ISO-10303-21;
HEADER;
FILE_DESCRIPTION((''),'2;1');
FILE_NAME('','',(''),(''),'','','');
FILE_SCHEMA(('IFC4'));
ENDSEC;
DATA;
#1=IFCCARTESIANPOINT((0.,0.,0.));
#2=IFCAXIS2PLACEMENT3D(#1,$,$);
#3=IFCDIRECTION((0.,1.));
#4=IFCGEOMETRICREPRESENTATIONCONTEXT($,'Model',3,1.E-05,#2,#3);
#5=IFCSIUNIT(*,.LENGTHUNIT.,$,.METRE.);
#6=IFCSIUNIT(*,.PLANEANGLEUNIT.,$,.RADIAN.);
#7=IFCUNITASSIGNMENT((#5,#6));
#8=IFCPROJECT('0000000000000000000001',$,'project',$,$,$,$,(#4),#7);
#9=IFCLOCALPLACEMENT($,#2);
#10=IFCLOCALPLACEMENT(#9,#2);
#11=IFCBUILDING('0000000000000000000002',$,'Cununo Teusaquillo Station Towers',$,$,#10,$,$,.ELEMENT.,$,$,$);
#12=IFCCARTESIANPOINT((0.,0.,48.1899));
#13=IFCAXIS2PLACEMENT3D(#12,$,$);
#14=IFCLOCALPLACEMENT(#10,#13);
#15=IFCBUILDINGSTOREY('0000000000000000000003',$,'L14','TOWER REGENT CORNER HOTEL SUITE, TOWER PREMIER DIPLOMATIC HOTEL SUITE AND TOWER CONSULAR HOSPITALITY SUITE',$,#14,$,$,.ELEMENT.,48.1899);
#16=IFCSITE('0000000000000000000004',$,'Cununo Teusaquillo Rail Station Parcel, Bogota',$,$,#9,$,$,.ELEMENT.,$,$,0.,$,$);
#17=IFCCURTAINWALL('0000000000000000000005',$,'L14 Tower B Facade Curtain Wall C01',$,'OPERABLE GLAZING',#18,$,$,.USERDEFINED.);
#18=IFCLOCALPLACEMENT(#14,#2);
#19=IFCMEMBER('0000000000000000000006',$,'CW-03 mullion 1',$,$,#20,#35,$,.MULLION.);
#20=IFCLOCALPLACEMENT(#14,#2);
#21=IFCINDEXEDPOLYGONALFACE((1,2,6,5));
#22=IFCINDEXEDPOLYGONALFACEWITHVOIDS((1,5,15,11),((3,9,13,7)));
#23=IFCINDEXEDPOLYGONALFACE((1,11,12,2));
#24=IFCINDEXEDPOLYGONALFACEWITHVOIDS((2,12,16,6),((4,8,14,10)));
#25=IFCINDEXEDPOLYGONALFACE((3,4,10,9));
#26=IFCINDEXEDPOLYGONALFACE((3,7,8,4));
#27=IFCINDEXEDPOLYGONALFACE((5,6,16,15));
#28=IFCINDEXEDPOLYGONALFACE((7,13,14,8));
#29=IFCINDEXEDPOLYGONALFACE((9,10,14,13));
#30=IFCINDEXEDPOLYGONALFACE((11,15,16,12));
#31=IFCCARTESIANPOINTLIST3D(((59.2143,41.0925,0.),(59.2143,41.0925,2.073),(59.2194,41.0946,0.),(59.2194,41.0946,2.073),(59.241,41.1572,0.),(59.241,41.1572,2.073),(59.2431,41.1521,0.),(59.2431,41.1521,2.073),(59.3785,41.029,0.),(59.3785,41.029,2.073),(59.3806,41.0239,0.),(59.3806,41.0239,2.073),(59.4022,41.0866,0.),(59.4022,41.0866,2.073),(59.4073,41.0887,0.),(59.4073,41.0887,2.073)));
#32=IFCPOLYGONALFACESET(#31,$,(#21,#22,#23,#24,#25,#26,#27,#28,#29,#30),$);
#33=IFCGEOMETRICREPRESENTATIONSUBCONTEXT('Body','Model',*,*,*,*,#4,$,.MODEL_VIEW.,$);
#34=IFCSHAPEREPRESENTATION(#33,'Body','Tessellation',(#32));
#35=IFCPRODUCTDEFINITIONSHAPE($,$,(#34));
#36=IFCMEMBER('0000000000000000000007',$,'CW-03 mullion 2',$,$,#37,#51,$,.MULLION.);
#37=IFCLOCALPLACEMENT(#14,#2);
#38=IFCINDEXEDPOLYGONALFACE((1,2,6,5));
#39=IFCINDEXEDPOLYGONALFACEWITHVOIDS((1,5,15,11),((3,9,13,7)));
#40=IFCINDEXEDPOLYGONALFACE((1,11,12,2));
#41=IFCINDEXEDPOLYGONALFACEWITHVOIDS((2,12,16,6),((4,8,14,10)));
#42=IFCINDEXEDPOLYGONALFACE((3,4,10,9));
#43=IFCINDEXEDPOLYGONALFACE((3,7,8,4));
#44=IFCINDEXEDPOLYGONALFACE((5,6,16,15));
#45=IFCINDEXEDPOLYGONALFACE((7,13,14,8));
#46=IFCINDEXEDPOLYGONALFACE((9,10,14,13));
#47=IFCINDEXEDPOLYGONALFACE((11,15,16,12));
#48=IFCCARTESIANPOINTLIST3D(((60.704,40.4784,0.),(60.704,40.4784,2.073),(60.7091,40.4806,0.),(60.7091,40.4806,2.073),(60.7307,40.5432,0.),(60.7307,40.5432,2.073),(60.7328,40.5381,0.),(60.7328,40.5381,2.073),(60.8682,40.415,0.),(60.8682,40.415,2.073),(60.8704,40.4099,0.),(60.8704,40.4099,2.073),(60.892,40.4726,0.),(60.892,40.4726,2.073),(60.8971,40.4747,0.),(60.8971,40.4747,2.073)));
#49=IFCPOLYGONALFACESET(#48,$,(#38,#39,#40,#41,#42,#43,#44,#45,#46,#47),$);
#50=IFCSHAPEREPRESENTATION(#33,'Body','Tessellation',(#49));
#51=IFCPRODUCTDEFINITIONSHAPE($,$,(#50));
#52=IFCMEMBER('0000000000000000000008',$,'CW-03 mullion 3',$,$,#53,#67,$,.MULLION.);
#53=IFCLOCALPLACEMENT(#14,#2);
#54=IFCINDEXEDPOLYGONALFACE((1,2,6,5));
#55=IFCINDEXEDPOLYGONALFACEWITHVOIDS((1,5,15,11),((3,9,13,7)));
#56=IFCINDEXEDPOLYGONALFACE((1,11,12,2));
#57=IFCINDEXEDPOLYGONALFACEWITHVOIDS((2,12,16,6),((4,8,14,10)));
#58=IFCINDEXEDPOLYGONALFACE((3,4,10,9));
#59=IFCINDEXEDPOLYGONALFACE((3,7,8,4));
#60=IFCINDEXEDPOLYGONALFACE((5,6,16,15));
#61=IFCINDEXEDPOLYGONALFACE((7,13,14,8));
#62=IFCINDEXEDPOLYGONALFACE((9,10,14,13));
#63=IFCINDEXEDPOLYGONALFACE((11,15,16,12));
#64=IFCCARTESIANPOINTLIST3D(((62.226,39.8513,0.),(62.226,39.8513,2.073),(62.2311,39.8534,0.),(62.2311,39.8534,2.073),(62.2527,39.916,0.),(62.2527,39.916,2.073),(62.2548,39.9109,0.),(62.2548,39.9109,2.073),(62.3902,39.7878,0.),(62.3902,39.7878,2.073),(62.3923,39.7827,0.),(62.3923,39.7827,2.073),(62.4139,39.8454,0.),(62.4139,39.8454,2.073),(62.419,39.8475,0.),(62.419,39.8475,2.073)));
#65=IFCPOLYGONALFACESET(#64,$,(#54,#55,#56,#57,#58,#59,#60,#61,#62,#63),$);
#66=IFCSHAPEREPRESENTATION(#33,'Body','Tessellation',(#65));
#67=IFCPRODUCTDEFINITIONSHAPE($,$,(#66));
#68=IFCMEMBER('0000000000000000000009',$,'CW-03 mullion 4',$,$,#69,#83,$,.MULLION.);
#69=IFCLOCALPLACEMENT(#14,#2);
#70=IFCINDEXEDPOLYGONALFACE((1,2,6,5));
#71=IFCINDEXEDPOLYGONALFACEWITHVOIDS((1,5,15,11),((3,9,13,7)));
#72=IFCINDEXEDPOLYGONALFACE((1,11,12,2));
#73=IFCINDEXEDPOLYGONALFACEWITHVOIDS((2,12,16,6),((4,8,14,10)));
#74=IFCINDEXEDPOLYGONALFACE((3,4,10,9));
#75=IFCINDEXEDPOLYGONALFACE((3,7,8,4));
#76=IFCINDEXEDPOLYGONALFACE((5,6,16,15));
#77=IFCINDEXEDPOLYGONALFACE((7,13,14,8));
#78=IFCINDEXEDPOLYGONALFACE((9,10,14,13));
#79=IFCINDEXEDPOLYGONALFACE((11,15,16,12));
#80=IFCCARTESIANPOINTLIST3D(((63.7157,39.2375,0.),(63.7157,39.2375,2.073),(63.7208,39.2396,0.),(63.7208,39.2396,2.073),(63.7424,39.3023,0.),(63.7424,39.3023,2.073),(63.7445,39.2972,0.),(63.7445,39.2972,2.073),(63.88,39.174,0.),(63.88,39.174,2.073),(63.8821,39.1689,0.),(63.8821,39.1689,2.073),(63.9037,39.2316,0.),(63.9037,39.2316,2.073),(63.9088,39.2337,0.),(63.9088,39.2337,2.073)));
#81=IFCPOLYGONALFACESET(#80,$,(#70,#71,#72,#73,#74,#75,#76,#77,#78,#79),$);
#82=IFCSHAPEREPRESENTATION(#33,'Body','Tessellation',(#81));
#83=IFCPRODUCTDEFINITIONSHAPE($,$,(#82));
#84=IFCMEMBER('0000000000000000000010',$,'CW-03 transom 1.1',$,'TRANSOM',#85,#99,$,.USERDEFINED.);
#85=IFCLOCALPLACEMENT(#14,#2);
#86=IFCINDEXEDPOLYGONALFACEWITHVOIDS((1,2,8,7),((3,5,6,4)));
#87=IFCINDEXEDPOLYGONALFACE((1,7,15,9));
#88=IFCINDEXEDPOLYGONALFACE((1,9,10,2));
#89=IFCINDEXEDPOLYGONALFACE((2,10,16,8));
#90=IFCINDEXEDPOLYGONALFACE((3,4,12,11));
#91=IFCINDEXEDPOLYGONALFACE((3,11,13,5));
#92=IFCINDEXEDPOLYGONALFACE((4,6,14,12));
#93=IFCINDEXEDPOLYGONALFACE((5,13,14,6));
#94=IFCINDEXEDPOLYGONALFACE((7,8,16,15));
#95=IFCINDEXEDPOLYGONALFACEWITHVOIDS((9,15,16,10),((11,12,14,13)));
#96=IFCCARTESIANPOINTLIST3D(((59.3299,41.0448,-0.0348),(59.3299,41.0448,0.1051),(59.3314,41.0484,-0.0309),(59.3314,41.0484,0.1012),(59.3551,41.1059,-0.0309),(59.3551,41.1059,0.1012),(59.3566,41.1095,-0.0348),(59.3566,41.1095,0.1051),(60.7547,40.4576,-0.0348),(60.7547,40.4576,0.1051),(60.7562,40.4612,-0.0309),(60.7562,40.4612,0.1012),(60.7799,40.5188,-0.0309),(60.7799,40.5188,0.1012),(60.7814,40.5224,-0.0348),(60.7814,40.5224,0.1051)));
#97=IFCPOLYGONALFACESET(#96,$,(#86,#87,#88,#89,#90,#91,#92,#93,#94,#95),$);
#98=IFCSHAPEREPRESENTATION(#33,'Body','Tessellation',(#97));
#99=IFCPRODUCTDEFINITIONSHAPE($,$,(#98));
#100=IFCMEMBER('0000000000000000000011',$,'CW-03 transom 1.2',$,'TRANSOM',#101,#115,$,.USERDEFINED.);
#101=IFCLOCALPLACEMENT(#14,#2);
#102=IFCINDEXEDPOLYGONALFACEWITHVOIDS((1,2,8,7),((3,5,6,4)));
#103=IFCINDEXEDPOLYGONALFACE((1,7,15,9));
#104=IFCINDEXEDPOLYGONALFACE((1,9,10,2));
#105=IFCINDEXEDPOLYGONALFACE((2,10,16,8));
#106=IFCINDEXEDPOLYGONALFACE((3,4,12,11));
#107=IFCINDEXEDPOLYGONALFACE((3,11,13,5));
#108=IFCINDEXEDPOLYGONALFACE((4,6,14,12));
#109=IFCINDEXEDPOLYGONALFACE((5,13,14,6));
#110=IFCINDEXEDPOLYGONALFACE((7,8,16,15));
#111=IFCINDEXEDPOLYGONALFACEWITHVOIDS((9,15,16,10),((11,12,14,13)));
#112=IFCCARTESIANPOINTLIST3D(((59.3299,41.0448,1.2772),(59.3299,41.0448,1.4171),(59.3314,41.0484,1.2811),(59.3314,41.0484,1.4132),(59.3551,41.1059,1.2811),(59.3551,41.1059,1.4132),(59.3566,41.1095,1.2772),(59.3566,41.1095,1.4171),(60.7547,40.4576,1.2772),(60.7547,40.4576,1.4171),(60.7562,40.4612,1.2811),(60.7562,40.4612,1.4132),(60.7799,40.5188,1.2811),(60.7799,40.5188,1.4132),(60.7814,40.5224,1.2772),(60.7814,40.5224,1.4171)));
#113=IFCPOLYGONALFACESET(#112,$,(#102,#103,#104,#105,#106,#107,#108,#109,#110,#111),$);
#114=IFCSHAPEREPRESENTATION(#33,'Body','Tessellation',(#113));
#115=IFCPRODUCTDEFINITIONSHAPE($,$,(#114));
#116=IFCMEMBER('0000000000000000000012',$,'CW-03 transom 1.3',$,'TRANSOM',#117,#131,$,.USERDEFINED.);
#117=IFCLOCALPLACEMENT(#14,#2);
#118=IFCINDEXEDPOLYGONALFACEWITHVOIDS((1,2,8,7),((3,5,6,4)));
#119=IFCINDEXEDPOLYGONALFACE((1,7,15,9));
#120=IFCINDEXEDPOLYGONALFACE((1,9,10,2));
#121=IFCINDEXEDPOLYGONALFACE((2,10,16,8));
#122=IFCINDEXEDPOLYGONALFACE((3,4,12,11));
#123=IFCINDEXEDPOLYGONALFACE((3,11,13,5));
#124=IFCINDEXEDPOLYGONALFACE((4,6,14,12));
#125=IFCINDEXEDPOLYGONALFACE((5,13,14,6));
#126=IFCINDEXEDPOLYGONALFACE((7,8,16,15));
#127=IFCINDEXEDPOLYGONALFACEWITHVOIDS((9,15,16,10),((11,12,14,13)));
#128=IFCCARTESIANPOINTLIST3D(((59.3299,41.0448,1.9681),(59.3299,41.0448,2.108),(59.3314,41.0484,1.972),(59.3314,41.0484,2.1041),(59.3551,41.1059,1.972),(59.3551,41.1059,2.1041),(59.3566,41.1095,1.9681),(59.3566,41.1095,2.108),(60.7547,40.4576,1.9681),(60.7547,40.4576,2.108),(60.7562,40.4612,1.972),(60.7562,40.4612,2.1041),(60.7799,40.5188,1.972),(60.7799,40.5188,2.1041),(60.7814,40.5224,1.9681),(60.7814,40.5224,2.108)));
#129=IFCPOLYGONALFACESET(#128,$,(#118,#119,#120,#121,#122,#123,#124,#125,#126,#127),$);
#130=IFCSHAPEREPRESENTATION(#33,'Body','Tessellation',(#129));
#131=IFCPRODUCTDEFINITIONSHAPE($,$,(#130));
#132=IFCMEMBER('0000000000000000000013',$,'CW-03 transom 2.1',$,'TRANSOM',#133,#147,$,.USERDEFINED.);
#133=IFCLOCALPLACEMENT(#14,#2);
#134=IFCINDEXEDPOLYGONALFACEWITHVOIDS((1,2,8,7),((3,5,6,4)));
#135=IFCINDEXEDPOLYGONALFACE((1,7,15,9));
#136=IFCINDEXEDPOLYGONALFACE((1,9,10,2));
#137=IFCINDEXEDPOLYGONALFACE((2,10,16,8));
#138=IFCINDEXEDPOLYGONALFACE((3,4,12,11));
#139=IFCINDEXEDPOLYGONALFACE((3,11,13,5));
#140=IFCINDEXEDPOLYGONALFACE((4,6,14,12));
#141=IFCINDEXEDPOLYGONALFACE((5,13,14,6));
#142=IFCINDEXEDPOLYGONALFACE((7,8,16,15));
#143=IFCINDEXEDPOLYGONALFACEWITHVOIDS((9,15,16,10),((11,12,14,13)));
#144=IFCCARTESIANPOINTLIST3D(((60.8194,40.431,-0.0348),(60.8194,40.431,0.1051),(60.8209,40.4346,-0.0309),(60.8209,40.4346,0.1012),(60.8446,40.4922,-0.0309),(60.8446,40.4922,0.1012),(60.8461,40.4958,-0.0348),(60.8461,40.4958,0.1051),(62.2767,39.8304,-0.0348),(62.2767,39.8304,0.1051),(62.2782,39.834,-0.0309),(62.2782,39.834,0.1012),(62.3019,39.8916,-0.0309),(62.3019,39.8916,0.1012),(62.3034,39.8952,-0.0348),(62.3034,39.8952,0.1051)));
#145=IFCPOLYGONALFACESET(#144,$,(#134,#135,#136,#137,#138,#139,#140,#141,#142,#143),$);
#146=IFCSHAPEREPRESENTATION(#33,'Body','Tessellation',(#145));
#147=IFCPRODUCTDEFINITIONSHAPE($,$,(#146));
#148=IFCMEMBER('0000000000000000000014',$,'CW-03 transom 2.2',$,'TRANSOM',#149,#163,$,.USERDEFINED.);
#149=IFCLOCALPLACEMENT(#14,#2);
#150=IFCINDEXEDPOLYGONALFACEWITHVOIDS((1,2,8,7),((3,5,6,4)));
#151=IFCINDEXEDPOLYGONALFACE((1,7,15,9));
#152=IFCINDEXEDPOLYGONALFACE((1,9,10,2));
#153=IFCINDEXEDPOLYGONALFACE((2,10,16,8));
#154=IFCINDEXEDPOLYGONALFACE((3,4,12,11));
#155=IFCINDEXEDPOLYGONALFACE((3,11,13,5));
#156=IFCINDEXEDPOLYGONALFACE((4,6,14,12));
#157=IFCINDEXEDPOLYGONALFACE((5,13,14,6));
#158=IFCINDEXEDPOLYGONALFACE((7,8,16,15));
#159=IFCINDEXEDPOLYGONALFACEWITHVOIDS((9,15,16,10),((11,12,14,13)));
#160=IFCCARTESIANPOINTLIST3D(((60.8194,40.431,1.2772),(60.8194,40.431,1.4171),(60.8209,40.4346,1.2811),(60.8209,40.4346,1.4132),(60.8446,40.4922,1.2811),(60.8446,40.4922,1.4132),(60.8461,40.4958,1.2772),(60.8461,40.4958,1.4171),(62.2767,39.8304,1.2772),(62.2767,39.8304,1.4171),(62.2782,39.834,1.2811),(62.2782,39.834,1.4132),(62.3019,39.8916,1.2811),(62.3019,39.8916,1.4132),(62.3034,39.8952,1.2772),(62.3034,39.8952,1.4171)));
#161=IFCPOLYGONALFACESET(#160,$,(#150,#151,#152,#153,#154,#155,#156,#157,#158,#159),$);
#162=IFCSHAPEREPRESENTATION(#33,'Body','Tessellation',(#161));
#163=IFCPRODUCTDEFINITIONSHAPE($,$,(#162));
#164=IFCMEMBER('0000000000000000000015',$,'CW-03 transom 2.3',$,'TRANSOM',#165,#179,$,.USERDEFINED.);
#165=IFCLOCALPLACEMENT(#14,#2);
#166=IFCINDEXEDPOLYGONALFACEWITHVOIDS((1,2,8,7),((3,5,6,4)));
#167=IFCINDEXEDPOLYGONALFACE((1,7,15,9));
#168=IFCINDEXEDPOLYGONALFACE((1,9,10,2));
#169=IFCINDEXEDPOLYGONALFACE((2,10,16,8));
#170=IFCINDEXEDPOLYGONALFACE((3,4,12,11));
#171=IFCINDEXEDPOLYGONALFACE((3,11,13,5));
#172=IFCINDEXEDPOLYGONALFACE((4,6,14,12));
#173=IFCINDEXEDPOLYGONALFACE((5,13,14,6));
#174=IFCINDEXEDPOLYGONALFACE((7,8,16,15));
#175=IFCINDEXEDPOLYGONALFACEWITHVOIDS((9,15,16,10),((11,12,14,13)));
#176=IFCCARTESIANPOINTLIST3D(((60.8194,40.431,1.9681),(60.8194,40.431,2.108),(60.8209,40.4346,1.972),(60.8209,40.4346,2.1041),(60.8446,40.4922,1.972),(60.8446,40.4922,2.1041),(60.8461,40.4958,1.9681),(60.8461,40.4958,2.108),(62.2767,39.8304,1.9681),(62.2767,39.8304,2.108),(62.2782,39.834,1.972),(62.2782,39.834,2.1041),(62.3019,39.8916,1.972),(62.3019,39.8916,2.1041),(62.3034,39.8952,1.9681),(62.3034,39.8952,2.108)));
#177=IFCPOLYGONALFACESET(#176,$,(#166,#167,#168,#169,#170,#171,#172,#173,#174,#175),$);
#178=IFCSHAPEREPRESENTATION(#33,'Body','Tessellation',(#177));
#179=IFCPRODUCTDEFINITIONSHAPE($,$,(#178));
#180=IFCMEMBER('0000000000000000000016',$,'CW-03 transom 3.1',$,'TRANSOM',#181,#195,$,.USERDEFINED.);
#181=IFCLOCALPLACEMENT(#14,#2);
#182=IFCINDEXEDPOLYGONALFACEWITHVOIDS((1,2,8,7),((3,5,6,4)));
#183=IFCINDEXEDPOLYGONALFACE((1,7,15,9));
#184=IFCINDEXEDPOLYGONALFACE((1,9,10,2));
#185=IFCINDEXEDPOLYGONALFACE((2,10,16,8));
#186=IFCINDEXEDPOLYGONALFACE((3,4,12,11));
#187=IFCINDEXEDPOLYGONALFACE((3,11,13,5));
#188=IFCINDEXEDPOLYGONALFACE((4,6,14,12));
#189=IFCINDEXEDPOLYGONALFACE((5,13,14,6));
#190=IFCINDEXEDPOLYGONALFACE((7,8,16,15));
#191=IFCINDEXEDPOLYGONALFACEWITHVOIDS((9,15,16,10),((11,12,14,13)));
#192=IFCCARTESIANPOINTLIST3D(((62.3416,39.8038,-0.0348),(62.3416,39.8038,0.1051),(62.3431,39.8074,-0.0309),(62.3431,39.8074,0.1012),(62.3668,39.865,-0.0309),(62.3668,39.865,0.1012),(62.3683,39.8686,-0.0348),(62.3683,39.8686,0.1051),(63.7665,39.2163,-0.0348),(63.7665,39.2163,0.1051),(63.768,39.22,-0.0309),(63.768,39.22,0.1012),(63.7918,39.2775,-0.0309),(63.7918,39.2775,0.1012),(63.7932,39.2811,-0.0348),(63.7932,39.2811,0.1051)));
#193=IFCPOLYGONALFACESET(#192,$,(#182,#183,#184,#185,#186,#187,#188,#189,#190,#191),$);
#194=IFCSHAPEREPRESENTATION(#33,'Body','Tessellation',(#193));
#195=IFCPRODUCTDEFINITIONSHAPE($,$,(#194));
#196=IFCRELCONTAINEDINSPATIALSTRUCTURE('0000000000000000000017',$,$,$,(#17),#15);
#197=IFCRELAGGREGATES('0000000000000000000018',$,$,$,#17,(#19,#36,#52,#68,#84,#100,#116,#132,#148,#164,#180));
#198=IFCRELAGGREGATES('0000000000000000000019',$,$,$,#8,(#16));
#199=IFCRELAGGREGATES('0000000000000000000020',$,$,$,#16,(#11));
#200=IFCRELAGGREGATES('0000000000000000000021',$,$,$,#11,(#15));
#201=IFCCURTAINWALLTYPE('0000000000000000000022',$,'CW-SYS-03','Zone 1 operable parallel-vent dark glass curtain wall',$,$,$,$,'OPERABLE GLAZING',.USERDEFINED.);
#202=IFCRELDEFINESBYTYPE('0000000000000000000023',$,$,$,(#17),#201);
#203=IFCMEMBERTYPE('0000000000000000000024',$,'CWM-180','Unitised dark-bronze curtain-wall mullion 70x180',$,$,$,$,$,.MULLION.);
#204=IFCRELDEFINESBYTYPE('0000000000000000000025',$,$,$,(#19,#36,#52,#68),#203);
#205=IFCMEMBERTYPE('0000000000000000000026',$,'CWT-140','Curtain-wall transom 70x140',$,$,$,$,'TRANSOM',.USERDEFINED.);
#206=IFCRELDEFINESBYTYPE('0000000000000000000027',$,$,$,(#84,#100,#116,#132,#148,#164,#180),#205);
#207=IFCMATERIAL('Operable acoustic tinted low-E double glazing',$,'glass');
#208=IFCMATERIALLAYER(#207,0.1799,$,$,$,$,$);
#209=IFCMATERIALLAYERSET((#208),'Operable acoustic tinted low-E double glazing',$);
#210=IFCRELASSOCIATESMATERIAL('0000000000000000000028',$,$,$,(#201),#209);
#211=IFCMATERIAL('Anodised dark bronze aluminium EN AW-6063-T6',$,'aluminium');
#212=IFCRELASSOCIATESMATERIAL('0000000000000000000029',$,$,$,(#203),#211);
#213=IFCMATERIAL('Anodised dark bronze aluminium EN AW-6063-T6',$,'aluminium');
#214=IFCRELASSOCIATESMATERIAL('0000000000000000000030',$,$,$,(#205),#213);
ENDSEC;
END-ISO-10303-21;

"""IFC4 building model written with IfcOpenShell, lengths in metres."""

from ifc_helpers import new_model, si_unit, direction, frame, origin, origin_2d, place, context, subcontext, project, spatial, hollow_rectangle, extrude, material, layer, layer_set, material_profile, profile_set, type_object, element, aggregate, save


model = new_model("IFC4")

# Units and contexts
model_context = context("Model", 3, precision=1e-05, world=origin(), true_north=direction((0.0, 1.0)))
body_context = subcontext(model_context, "Body", "Model", "MODEL_VIEW")
ifc_project = project(units=[si_unit("LENGTHUNIT", "METRE"), si_unit("PLANEANGLEUNIT", "RADIAN")], contexts=[model_context])

# Site, building, storey
site_placement = place(None, origin())
site = spatial("IfcSite", under=ifc_project, at=site_placement, Name="Cununo Teusaquillo Rail Station Parcel, Bogota", CompositionType="ELEMENT", RefElevation=0.0)
building_placement = place(site_placement, origin())
building = spatial("IfcBuilding", under=site, at=building_placement, Name="Cununo Teusaquillo Station Towers", CompositionType="ELEMENT")
storey_placement = place(building_placement, frame((0.0, 0.0, 48.1899)))
storey = spatial("IfcBuildingStorey", under=building, at=storey_placement, Name="L14", Description="TOWER REGENT CORNER HOTEL SUITE, TOWER PREMIER DIPLOMATIC HOTEL SUITE AND TOWER CONSULAR HOSPITALITY SUITE", CompositionType="ELEMENT", Elevation=48.1899)

# Curtain wall, members
ifc_material_1 = material(Name="Operable acoustic tinted low-E double glazing", Category="glass")
ifc_layer_1 = layer(ifc_material_1, 0.1799)
ifc_layer_set_1 = layer_set([ifc_layer_1], Name="Operable acoustic tinted low-E double glazing")
curtain_wall_type = type_object("IfcCurtainWallType", Name="CW-SYS-03", Description="Zone 1 operable parallel-vent dark glass curtain wall", ElementType="OPERABLE GLAZING", PredefinedType="USERDEFINED", material=ifc_layer_set_1)
curtain_wall_placement = place(storey_placement, origin())
curtain_wall = element("IfcCurtainWall", 1, at=curtain_wall_placement, inside=storey, type_object=curtain_wall_type, Name="L14 Tower B Facade Curtain Wall C01", ObjectType="OPERABLE GLAZING", PredefinedType="USERDEFINED")
ifc_material_2 = material(Name="Anodised dark bronze aluminium EN AW-6063-T6", Category="aluminium")
ifc_material_profile_1 = material_profile(ifc_material_2, hollow_rectangle(XDim=0.0701, YDim=0.1799, WallThickness=0.0039, at=origin_2d()), Name="CW-MULL-70x180")
ifc_profile_set_1 = profile_set([ifc_material_profile_1], Name="Anodised dark bronze aluminium EN AW-6063-T6")
member_type_1 = type_object("IfcMemberType", Name="CWM-180", Description="Unitised dark-bronze curtain-wall mullion 70x180", PredefinedType="MULLION", material=ifc_profile_set_1)
member_1_placement = place(storey_placement, frame((59.3108, 41.0906, 0.0), z_axis=(0.0, 0.0, 1.0), x_axis=(0.381006, 0.924572, 0.0)))
member_1 = element("IfcMember", 2, at=member_1_placement, type_object=member_type_1, Name="CW-03 mullion 1", PredefinedType="MULLION", context=body_context, shape_type="SweptSolid", body=[
    extrude(hollow_rectangle(XDim=0.0701, YDim=0.1799, WallThickness=0.0039, at=origin_2d()), origin(), (0.0, 0.0, 1.0), 2.073),
])
member_2_placement = place(storey_placement, frame((60.8005, 40.4766, 0.0), z_axis=(0.0, 0.0, 1.0), x_axis=(0.381006, 0.924572, 0.0)))
member_2 = element("IfcMember", 3, at=member_2_placement, type_object=member_type_1, Name="CW-03 mullion 2", PredefinedType="MULLION", context=body_context, shape_type="SweptSolid", body=[
    extrude(hollow_rectangle(XDim=0.0701, YDim=0.1799, WallThickness=0.0039, at=origin_2d()), origin(), (0.0, 0.0, 1.0), 2.073),
])
member_3_placement = place(storey_placement, frame((62.3225, 39.8494, 0.0), z_axis=(0.0, 0.0, 1.0), x_axis=(0.381006, 0.924572, 0.0)))
member_3 = element("IfcMember", 4, at=member_3_placement, type_object=member_type_1, Name="CW-03 mullion 3", PredefinedType="MULLION", context=body_context, shape_type="SweptSolid", body=[
    extrude(hollow_rectangle(XDim=0.0701, YDim=0.1799, WallThickness=0.0039, at=origin_2d()), origin(), (0.0, 0.0, 1.0), 2.073),
])
member_4_placement = place(storey_placement, frame((63.8123, 39.2356, 0.0), z_axis=(0.0, 0.0, 1.0), x_axis=(0.381006, 0.924572, 0.0)))
member_4 = element("IfcMember", 5, at=member_4_placement, type_object=member_type_1, Name="CW-03 mullion 4", PredefinedType="MULLION", context=body_context, shape_type="SweptSolid", body=[
    extrude(hollow_rectangle(XDim=0.0701, YDim=0.1799, WallThickness=0.0039, at=origin_2d()), origin(), (0.0, 0.0, 1.0), 2.073),
])
ifc_material_3 = material(Name="Anodised dark bronze aluminium EN AW-6063-T6", Category="aluminium")
ifc_material_profile_2 = material_profile(ifc_material_3, hollow_rectangle(XDim=0.0701, YDim=0.1399, WallThickness=0.0039, at=origin_2d()), Name="CW-TRAN-70x140")
ifc_profile_set_2 = profile_set([ifc_material_profile_2], Name="Anodised dark bronze aluminium EN AW-6063-T6")
member_type_2 = type_object("IfcMemberType", Name="CWT-140", Description="Curtain-wall transom 70x140", ElementType="TRANSOM", PredefinedType="USERDEFINED", material=ifc_profile_set_2)
member_5_placement = place(storey_placement, frame((59.3433, 41.0771, 0.0352), z_axis=(0.92457, -0.381013, 0.0), x_axis=(0.381013, 0.92457, 0.0)))
member_5 = element("IfcMember", 6, at=member_5_placement, type_object=member_type_2, Name="CW-03 transom 1.1", ObjectType="TRANSOM", PredefinedType="USERDEFINED", context=body_context, shape_type="SweptSolid", body=[
    extrude(hollow_rectangle(XDim=0.0701, YDim=0.1399, WallThickness=0.0039, at=origin_2d()), origin(), (0.0, 0.0, 1.0), 1.541),
])
member_6_placement = place(storey_placement, frame((59.3433, 41.0771, 1.3472), z_axis=(0.92457, -0.381013, 0.0), x_axis=(0.381013, 0.92457, 0.0)))
member_6 = element("IfcMember", 7, at=member_6_placement, type_object=member_type_2, Name="CW-03 transom 1.2", ObjectType="TRANSOM", PredefinedType="USERDEFINED", context=body_context, shape_type="SweptSolid", body=[
    extrude(hollow_rectangle(XDim=0.0701, YDim=0.1399, WallThickness=0.0039, at=origin_2d()), origin(), (0.0, 0.0, 1.0), 1.541),
])
member_7_placement = place(storey_placement, frame((59.3433, 41.0771, 2.0381), z_axis=(0.92457, -0.381013, 0.0), x_axis=(0.381013, 0.92457, 0.0)))
member_7 = element("IfcMember", 8, at=member_7_placement, type_object=member_type_2, Name="CW-03 transom 1.3", ObjectType="TRANSOM", PredefinedType="USERDEFINED", context=body_context, shape_type="SweptSolid", body=[
    extrude(hollow_rectangle(XDim=0.0701, YDim=0.1399, WallThickness=0.0039, at=origin_2d()), origin(), (0.0, 0.0, 1.0), 1.541),
])
member_8_placement = place(storey_placement, frame((60.8328, 40.4634, 0.0352), z_axis=(0.924559, -0.381038, 0.0), x_axis=(0.381038, 0.924559, 0.0)))
member_8 = element("IfcMember", 9, at=member_8_placement, type_object=member_type_2, Name="CW-03 transom 2.1", ObjectType="TRANSOM", PredefinedType="USERDEFINED", context=body_context, shape_type="SweptSolid", body=[
    extrude(hollow_rectangle(XDim=0.0701, YDim=0.1399, WallThickness=0.0039, at=origin_2d()), origin(), (0.0, 0.0, 1.0), 1.5762),
])
member_9_placement = place(storey_placement, frame((60.8328, 40.4634, 1.3472), z_axis=(0.924559, -0.381038, 0.0), x_axis=(0.381038, 0.924559, 0.0)))
member_9 = element("IfcMember", 10, at=member_9_placement, type_object=member_type_2, Name="CW-03 transom 2.2", ObjectType="TRANSOM", PredefinedType="USERDEFINED", context=body_context, shape_type="SweptSolid", body=[
    extrude(hollow_rectangle(XDim=0.0701, YDim=0.1399, WallThickness=0.0039, at=origin_2d()), origin(), (0.0, 0.0, 1.0), 1.5762),
])
member_10_placement = place(storey_placement, frame((60.8328, 40.4634, 2.0381), z_axis=(0.924559, -0.381038, 0.0), x_axis=(0.381038, 0.924559, 0.0)))
member_10 = element("IfcMember", 11, at=member_10_placement, type_object=member_type_2, Name="CW-03 transom 2.3", ObjectType="TRANSOM", PredefinedType="USERDEFINED", context=body_context, shape_type="SweptSolid", body=[
    extrude(hollow_rectangle(XDim=0.0701, YDim=0.1399, WallThickness=0.0039, at=origin_2d()), origin(), (0.0, 0.0, 1.0), 1.5762),
])
member_11_placement = place(storey_placement, frame((62.355, 39.8362, 0.0352), z_axis=(0.924514, -0.381148, 0.0), x_axis=(0.381148, 0.924514, 0.0)))
member_11 = element("IfcMember", 12, at=member_11_placement, type_object=member_type_2, Name="CW-03 transom 3.1", ObjectType="TRANSOM", PredefinedType="USERDEFINED", context=body_context, shape_type="SweptSolid", body=[
    extrude(hollow_rectangle(XDim=0.0701, YDim=0.1399, WallThickness=0.0039, at=origin_2d()), origin(), (0.0, 0.0, 1.0), 1.5413),
])

aggregate(curtain_wall, [member_1, member_2, member_3, member_4, member_5, member_6, member_7, member_8, member_9, member_10, member_11])

save(model, "model.ifc")
